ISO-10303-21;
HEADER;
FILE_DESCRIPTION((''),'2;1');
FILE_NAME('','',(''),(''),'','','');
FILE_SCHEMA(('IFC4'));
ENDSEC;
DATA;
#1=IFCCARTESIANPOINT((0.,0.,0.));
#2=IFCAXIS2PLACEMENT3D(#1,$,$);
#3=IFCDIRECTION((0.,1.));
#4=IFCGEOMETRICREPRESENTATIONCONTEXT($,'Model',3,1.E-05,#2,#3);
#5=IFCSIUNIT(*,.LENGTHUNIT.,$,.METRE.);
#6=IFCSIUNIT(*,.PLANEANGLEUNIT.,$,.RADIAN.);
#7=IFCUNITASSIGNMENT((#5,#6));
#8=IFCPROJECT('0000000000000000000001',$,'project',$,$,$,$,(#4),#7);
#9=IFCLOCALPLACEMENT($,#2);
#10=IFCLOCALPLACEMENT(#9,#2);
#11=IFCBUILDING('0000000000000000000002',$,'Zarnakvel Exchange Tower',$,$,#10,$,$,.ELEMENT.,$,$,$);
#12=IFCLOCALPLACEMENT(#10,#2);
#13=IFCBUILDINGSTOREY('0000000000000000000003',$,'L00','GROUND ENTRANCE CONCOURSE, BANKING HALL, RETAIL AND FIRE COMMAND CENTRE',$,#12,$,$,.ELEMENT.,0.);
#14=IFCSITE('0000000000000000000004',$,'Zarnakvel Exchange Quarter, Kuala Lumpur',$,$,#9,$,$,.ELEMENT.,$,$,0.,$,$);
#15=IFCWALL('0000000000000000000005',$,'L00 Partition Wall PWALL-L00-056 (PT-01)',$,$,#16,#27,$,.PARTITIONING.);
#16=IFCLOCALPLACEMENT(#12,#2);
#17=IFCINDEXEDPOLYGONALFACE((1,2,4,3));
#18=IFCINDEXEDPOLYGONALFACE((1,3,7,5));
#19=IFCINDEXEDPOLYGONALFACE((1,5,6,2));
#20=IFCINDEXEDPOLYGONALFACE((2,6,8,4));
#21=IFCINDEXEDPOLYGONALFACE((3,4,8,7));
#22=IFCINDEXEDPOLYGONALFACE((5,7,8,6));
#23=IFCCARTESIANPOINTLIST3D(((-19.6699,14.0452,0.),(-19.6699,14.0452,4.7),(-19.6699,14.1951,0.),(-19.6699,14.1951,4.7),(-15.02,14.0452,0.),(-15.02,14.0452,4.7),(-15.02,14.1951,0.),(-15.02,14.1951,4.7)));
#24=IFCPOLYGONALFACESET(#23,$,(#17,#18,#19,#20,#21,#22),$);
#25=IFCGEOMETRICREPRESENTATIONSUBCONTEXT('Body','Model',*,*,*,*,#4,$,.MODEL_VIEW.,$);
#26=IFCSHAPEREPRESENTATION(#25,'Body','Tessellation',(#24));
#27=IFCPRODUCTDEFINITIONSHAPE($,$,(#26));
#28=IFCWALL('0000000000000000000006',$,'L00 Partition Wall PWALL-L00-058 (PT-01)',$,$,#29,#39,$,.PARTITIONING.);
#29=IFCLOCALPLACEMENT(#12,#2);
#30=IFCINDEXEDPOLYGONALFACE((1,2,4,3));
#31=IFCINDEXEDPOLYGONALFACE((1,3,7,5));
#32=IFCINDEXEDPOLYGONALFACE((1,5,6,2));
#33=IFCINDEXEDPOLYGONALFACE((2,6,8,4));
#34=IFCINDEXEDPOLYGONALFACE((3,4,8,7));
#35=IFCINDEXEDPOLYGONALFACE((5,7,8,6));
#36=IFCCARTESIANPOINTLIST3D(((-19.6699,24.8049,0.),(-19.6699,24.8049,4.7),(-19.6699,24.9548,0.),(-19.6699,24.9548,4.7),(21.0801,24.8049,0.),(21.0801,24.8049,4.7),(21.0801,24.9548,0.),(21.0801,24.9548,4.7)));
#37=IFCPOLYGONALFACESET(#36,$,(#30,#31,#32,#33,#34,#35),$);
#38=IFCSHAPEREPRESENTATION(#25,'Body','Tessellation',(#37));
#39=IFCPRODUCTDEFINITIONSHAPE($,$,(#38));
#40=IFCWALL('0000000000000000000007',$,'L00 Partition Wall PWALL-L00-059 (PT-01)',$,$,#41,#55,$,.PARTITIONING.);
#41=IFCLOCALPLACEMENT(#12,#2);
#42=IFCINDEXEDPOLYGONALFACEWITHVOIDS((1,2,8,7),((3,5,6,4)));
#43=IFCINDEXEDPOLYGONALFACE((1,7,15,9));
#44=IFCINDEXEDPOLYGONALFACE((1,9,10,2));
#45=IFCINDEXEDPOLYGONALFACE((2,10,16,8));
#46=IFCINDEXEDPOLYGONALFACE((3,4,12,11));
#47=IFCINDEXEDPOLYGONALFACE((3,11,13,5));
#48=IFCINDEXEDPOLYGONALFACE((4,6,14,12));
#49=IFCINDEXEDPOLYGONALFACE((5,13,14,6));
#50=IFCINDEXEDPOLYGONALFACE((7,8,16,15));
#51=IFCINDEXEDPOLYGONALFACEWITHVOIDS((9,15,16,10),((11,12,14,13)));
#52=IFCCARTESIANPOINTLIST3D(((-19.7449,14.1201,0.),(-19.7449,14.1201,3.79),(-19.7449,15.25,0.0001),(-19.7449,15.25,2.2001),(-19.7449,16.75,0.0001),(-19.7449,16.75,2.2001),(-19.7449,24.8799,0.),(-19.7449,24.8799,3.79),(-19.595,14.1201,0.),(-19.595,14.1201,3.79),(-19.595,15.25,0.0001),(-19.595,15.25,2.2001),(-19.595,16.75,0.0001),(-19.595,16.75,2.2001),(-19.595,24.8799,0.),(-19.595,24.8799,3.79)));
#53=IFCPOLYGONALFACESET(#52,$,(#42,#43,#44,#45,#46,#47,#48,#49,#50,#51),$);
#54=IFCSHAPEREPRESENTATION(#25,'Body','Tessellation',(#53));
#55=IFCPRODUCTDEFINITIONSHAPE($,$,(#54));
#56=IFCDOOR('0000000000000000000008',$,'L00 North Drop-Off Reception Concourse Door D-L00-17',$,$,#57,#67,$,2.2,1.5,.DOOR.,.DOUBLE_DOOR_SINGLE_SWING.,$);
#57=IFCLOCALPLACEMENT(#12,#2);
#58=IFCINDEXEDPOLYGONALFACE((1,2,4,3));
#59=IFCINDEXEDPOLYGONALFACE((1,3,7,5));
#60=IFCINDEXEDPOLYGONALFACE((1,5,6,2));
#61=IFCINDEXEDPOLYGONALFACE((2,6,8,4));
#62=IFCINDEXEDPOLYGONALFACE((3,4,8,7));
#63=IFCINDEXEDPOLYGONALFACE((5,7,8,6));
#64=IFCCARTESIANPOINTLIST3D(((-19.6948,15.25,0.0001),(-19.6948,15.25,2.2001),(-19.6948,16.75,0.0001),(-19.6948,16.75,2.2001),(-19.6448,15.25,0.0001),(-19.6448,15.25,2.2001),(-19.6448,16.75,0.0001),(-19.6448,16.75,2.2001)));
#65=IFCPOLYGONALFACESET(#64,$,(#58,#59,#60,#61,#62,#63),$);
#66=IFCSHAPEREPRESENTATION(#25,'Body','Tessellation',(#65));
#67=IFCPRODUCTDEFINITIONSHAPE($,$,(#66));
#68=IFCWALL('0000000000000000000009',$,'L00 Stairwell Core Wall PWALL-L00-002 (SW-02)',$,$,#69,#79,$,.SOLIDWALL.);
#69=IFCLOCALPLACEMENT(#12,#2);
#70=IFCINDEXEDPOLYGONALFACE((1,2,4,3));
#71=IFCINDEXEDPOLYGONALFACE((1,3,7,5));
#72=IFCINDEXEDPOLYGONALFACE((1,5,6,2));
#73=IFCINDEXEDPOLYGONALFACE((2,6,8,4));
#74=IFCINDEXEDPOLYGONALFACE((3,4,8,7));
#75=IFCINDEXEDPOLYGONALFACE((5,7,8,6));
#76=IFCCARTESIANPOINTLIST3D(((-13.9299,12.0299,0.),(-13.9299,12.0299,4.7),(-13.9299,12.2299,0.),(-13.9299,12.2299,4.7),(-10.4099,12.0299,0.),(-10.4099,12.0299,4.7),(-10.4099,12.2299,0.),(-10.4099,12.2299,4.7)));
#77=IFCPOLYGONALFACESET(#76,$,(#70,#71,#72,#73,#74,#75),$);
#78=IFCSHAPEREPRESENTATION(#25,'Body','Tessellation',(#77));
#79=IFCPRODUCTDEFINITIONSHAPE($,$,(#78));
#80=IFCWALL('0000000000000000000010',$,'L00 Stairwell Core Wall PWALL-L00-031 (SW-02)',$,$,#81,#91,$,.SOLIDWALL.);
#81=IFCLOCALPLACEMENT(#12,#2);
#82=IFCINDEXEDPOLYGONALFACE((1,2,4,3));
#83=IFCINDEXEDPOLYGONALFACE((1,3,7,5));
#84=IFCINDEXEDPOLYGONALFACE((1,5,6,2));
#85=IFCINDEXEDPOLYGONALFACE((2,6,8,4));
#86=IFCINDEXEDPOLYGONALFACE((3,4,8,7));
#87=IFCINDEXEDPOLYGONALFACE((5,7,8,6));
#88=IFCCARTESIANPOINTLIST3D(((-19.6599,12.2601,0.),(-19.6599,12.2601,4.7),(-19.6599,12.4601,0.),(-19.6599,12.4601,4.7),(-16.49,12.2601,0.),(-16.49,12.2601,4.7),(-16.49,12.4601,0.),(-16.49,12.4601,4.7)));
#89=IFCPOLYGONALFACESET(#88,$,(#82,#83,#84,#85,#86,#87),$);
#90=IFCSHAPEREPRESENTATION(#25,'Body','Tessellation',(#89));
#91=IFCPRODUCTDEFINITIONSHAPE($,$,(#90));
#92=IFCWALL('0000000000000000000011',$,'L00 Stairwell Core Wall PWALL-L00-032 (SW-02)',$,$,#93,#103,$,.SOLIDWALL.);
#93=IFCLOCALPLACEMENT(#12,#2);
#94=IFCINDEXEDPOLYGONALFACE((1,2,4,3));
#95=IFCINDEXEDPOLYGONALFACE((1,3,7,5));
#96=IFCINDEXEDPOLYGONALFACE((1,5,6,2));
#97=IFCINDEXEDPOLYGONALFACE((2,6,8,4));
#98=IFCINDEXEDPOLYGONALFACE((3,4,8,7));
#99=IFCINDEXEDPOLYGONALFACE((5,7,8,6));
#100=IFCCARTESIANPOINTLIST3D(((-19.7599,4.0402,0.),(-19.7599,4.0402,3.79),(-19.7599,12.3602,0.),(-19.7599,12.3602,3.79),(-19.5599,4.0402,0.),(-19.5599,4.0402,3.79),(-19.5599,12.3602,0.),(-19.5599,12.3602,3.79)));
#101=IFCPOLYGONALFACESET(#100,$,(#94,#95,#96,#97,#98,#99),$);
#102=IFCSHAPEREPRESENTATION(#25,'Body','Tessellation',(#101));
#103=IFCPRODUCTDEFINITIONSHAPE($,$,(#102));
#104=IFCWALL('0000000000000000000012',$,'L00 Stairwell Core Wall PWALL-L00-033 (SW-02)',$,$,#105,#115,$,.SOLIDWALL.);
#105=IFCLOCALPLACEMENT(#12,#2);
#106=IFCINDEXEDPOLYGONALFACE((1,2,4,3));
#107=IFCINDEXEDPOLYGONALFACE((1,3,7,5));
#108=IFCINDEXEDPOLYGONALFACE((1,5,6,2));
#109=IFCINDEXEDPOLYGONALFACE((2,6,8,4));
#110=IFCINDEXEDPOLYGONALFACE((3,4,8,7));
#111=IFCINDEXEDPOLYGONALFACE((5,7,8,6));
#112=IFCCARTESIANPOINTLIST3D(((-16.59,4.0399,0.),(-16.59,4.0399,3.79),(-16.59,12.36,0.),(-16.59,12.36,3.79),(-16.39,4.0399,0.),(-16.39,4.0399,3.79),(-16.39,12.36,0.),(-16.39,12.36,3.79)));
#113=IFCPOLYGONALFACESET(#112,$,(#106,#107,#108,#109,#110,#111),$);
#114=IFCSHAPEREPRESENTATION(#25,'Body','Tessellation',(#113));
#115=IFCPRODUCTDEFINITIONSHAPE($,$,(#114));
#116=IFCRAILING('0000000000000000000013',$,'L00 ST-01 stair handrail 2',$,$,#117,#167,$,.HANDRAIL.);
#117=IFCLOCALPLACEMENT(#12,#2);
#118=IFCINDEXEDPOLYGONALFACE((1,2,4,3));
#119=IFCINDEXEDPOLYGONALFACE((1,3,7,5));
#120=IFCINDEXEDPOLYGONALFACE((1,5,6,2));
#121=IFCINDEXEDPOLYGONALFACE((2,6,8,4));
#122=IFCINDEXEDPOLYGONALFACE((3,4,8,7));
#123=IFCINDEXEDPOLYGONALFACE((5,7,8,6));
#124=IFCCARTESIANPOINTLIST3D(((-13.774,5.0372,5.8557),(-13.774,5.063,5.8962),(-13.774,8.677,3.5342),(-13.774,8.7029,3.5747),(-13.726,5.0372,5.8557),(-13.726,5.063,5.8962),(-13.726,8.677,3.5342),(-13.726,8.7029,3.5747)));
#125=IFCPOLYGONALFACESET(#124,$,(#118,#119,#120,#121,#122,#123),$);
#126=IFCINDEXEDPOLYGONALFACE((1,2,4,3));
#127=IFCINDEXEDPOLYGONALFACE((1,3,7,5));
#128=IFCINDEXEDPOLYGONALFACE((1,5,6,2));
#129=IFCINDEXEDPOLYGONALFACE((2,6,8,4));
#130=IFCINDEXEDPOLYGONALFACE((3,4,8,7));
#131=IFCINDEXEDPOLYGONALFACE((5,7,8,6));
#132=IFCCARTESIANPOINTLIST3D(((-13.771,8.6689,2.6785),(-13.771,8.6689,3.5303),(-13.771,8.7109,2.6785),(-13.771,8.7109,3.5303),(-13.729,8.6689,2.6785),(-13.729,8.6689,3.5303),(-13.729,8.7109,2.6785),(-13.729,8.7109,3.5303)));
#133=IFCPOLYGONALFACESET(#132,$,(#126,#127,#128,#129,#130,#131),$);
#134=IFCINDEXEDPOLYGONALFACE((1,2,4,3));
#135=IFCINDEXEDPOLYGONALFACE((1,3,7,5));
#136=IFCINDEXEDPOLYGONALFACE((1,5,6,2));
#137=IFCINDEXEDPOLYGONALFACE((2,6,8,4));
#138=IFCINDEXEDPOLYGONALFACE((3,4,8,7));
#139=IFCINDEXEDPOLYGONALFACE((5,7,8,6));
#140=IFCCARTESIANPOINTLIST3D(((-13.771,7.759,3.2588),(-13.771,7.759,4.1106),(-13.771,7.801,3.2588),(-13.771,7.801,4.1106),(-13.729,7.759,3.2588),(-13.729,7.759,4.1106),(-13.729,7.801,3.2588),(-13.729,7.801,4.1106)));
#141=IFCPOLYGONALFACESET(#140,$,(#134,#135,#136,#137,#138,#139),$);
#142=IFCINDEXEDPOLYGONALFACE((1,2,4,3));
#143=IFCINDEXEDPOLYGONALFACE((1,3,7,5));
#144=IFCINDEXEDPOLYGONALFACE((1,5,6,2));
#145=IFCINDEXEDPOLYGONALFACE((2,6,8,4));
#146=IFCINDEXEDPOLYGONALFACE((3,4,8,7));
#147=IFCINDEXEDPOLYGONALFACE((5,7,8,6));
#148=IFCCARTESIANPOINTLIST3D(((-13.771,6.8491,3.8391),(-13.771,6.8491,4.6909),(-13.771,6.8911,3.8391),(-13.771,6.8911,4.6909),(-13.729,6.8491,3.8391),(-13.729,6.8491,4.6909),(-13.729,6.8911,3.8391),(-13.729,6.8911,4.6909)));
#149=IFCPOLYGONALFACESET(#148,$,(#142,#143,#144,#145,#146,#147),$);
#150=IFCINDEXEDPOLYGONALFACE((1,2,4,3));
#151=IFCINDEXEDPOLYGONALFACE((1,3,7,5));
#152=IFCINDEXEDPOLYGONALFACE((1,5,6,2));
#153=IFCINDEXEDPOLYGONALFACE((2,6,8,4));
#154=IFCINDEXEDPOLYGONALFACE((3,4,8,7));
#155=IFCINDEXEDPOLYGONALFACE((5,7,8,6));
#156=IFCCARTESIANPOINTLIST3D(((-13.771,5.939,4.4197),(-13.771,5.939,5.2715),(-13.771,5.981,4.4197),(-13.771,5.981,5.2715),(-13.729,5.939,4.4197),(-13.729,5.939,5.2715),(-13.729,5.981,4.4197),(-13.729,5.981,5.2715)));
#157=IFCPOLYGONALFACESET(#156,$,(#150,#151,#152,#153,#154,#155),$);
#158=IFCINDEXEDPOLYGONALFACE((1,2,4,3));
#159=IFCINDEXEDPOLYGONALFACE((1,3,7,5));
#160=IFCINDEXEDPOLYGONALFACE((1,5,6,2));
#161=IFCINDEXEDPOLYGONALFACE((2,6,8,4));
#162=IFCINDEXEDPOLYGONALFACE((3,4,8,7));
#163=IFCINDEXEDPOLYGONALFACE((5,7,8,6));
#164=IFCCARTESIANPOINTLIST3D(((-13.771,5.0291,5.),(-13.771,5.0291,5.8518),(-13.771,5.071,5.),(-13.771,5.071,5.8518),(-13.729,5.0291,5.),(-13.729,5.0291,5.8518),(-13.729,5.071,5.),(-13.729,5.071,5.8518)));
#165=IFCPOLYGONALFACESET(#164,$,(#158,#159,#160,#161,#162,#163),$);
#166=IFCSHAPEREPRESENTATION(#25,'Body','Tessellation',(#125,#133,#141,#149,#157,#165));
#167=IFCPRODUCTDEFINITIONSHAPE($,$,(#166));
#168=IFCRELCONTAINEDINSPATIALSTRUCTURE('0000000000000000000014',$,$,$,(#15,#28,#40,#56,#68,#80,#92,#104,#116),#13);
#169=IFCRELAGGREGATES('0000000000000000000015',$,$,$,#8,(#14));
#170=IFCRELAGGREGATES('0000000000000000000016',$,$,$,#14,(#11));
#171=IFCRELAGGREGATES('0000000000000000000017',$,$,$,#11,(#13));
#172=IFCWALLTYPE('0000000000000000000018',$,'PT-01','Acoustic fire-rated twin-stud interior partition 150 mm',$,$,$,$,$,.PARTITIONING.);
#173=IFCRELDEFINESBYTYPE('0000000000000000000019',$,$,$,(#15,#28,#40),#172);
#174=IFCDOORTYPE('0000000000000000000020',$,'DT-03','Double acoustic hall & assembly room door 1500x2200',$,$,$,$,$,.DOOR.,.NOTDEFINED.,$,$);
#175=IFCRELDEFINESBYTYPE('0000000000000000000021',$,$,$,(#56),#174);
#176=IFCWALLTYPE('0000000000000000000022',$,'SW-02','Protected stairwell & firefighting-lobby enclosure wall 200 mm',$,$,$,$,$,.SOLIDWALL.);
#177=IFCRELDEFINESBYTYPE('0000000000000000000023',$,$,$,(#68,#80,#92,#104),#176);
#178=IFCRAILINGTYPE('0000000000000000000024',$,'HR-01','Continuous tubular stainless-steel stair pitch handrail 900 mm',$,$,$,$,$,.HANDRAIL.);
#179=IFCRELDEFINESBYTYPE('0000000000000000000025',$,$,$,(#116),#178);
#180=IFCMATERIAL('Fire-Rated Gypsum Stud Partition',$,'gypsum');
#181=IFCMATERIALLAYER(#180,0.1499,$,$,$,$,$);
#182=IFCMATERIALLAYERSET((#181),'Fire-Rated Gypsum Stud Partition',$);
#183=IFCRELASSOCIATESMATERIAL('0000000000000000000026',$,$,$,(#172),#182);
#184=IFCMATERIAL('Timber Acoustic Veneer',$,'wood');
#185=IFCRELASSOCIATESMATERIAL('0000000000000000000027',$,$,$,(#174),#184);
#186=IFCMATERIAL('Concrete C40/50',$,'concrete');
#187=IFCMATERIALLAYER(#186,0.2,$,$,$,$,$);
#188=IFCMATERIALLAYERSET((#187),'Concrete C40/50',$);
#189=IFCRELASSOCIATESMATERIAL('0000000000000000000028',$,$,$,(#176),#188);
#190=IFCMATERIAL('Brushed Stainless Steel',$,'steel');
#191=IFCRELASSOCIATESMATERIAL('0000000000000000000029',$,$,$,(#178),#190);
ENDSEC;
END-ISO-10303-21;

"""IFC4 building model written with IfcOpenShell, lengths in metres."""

from ifc_helpers import new_model, si_unit, direction, frame, frame_2d, origin, origin_2d, place, context, subcontext, project, spatial, rectangle, extrude, source, transform, mapped, material, layer, layer_set, type_object, element, fill, save


model = new_model("IFC4")

# Units and contexts
model_context = context("Model", 3, precision=1e-05, world=origin(), true_north=direction((0.0, 1.0)))
body_context = subcontext(model_context, "Body", "Model", "MODEL_VIEW")
ifc_project = project(units=[si_unit("LENGTHUNIT", "METRE"), si_unit("PLANEANGLEUNIT", "RADIAN")], contexts=[model_context])

# Site, building, storey
site_placement = place(None, origin())
site = spatial("IfcSite", under=ifc_project, at=site_placement, Name="Zarnakvel Exchange Quarter, Kuala Lumpur", CompositionType="ELEMENT", RefElevation=0.0)
building_placement = place(site_placement, origin())
building = spatial("IfcBuilding", under=site, at=building_placement, Name="Zarnakvel Exchange Tower", CompositionType="ELEMENT")
storey_placement = place(building_placement, origin())
storey = spatial("IfcBuildingStorey", under=building, at=storey_placement, Name="L00", Description="GROUND ENTRANCE CONCOURSE, BANKING HALL, RETAIL AND FIRE COMMAND CENTRE", CompositionType="ELEMENT", Elevation=0.0)

# Walls
ifc_material_1 = material(Name="Fire-Rated Gypsum Stud Partition", Category="gypsum")
ifc_layer_1 = layer(ifc_material_1, 0.1499)
ifc_layer_set_1 = layer_set([ifc_layer_1], Name="Fire-Rated Gypsum Stud Partition")
wall_type_1 = type_object("IfcWallType", Name="PT-01", Description="Acoustic fire-rated twin-stud interior partition 150 mm", PredefinedType="PARTITIONING", material=ifc_layer_set_1)
wall_1_placement = place(storey_placement, frame((-15.02, 14.1201, 0.0), z_axis=(0.0, 0.0, 1.0), x_axis=(-1.0, 0.0, 0.0)))
element("IfcWall", 1, at=wall_1_placement, inside=storey, type_object=wall_type_1, Name="L00 Partition Wall PWALL-L00-056 (PT-01)", PredefinedType="PARTITIONING", context=body_context, shape_type="SweptSolid", body=[
    extrude(rectangle(XDim=4.6499, YDim=0.1499, at=frame_2d((2.325, 0.0))), origin(), (0.0, 0.0, 1.0), 4.7),
])
wall_2_placement = place(storey_placement, frame((-19.6699, 24.8799, 0.0), z_axis=(0.0, 0.0, 1.0), x_axis=(1.0, 0.0, 0.0)))
element("IfcWall", 2, at=wall_2_placement, inside=storey, type_object=wall_type_1, Name="L00 Partition Wall PWALL-L00-058 (PT-01)", PredefinedType="PARTITIONING", context=body_context, shape_type="SweptSolid", body=[
    extrude(rectangle(XDim=40.75, YDim=0.1499, at=frame_2d((20.375, 0.0))), origin(), (0.0, 0.0, 1.0), 4.7),
])

# Wall, opening, door
wall_3_placement = place(storey_placement, frame((-19.6699, 14.1201, 0.0), z_axis=(0.0, 0.0, 1.0), x_axis=(0.0, 1.0, 0.0)))
wall_3 = element("IfcWall", 3, at=wall_3_placement, inside=storey, type_object=wall_type_1, Name="L00 Partition Wall PWALL-L00-059 (PT-01)", PredefinedType="PARTITIONING", context=body_context, shape_type="SweptSolid", body=[
    extrude(rectangle(XDim=10.7598, YDim=0.1499, at=frame_2d((5.3799, 0.0))), origin(), (0.0, 0.0, 1.0), 3.79),
])
opening_1_placement = place(wall_3_placement, frame((1.1299, 0.0, 0.0)))
opening_1 = element("IfcOpeningElement", 4, at=opening_1_placement, cuts=wall_3, PredefinedType="OPENING", context=body_context, shape_type="SweptSolid", body=[
    extrude(rectangle(XDim=1.5, YDim=2.2, at=frame_2d((0.75, 1.1001))), frame((0.0, 0.085, 0.0), z_axis=(0.0, -1.0, 0.0), x_axis=(1.0, 0.0, 0.0)), (0.0, 0.0, 1.0), 0.1699),
])
ifc_material_2 = material(Name="Timber Acoustic Veneer", Category="wood")
door_type_1 = type_object("IfcDoorType", Name="DT-03", Description="Double acoustic hall & assembly room door 1500x2200", OperationType="NOTDEFINED", PredefinedType="DOOR", material=ifc_material_2)
shared_shape_1 = source(origin(), body_context, "Body", "SweptSolid", [
    extrude(rectangle(XDim=1.5, YDim=2.2, at=frame_2d((0.75, 1.1001))), frame((0.0, 0.0249, 0.0), z_axis=(0.0, -1.0, 0.0), x_axis=(1.0, 0.0, 0.0)), (0.0, 0.0, 1.0), 0.05),
])
door_1_placement = place(opening_1_placement, origin())
door_1 = element("IfcDoor", 5, at=door_1_placement, inside=storey, type_object=door_type_1, Name="L00 North Drop-Off Reception Concourse Door D-L00-17", OperationType="DOUBLE_DOOR_SINGLE_SWING", OverallHeight=2.2, OverallWidth=1.5, PredefinedType="DOOR", context=body_context, shape_type="MappedRepresentation", body=[
    mapped(shared_shape_1, transform((0.0, 0.0, 0.0), x_axis=(1.0, 0.0, 0.0), y_axis=(0.0, 1.0, 0.0), z_axis=(0.0, 0.0, 1.0), scale=1.0)),
])
fill(opening_1, door_1)

# Wall
ifc_material_3 = material(Name="Concrete C40/50", Category="concrete")
ifc_layer_2 = layer(ifc_material_3, 0.2)
ifc_layer_set_2 = layer_set([ifc_layer_2], Name="Concrete C40/50")
wall_type_2 = type_object("IfcWallType", Name="SW-02", Description="Protected stairwell & firefighting-lobby enclosure wall 200 mm", PredefinedType="SOLIDWALL", material=ifc_layer_set_2)
wall_4_placement = place(storey_placement, frame((-13.9299, 12.1299, 0.0), z_axis=(0.0, 0.0, 1.0), x_axis=(1.0, 0.0, 0.0)))
element("IfcWall", 6, at=wall_4_placement, inside=storey, type_object=wall_type_2, Name="L00 Stairwell Core Wall PWALL-L00-002 (SW-02)", PredefinedType="SOLIDWALL", context=body_context, shape_type="SweptSolid", body=[
    extrude(rectangle(XDim=3.52, YDim=0.2, at=frame_2d((1.76, 0.0))), origin(), (0.0, 0.0, 1.0), 4.7),
])

# Walls
wall_5_placement = place(storey_placement, frame((-19.6599, 12.3601, 0.0), z_axis=(0.0, 0.0, 1.0), x_axis=(1.0, 0.0, 0.0)))
element("IfcWall", 7, at=wall_5_placement, inside=storey, type_object=wall_type_2, Name="L00 Stairwell Core Wall PWALL-L00-031 (SW-02)", PredefinedType="SOLIDWALL", context=body_context, shape_type="SweptSolid", body=[
    extrude(rectangle(XDim=3.1699, YDim=0.2, at=frame_2d((1.585, 0.0))), origin(), (0.0, 0.0, 1.0), 4.7),
])
for number, where, z_axis, x_axis, name in (
    (8, (-19.6599, 4.04, 0.0), (0.0, 0.0, 1.0), (0.0, 1.0, 0.0), "L00 Stairwell Core Wall PWALL-L00-032 (SW-02)"),
    (9, (-16.49, 12.3601, 0.0), (0.0, 0.0, 1.0), (0.0, -1.0, 0.0), "L00 Stairwell Core Wall PWALL-L00-033 (SW-02)"),
):
    element("IfcWall", number, at=place(storey_placement, frame(where, z_axis=z_axis, x_axis=x_axis)), inside=storey, type_object=wall_type_2, Name=name, PredefinedType="SOLIDWALL", context=body_context, shape_type="SweptSolid", body=[
        extrude(rectangle(XDim=8.3201, YDim=0.2, at=frame_2d((4.1602, 0.0))), origin(), (0.0, 0.0, 1.0), 3.79),
    ])

# Railing
ifc_material_4 = material(Name="Brushed Stainless Steel", Category="steel")
railing_type_1 = type_object("IfcRailingType", Name="HR-01", Description="Continuous tubular stainless-steel stair pitch handrail 900 mm", PredefinedType="HANDRAIL", material=ifc_material_4)
railing_1_placement = place(storey_placement, frame((-13.75, 8.6899, 2.6785)))
element("IfcRailing", 10, at=railing_1_placement, inside=storey, type_object=railing_type_1, Name="L00 ST-01 stair handrail 2", PredefinedType="HANDRAIL", context=body_context, shape_type="SweptSolid", body=[
    extrude(rectangle(XDim=0.0481, YDim=0.0481, at=origin_2d()), frame((0.0, 0.0, 0.876), z_axis=(0.0, -0.843112, 0.537739), x_axis=(1.0, 0.0, 0.0)), (0.0, 0.0, 1.0), 4.3171),
    extrude(rectangle(XDim=0.042, YDim=0.042, at=origin_2d()), origin(), (0.0, 0.0, 1.0), 0.8518),
    extrude(rectangle(XDim=0.042, YDim=0.042, at=origin_2d()), frame((0.0, -0.9099, 0.5803)), (0.0, 0.0, 1.0), 0.8518),
    extrude(rectangle(XDim=0.042, YDim=0.042, at=origin_2d()), frame((0.0, -1.8198, 1.1606)), (0.0, 0.0, 1.0), 0.8518),
    extrude(rectangle(XDim=0.042, YDim=0.042, at=origin_2d()), frame((0.0, -2.73, 1.7412)), (0.0, 0.0, 1.0), 0.8518),
    extrude(rectangle(XDim=0.042, YDim=0.042, at=origin_2d()), frame((0.0, -3.6399, 2.3215)), (0.0, 0.0, 1.0), 0.8518),
])

save(model, "model.ifc")
